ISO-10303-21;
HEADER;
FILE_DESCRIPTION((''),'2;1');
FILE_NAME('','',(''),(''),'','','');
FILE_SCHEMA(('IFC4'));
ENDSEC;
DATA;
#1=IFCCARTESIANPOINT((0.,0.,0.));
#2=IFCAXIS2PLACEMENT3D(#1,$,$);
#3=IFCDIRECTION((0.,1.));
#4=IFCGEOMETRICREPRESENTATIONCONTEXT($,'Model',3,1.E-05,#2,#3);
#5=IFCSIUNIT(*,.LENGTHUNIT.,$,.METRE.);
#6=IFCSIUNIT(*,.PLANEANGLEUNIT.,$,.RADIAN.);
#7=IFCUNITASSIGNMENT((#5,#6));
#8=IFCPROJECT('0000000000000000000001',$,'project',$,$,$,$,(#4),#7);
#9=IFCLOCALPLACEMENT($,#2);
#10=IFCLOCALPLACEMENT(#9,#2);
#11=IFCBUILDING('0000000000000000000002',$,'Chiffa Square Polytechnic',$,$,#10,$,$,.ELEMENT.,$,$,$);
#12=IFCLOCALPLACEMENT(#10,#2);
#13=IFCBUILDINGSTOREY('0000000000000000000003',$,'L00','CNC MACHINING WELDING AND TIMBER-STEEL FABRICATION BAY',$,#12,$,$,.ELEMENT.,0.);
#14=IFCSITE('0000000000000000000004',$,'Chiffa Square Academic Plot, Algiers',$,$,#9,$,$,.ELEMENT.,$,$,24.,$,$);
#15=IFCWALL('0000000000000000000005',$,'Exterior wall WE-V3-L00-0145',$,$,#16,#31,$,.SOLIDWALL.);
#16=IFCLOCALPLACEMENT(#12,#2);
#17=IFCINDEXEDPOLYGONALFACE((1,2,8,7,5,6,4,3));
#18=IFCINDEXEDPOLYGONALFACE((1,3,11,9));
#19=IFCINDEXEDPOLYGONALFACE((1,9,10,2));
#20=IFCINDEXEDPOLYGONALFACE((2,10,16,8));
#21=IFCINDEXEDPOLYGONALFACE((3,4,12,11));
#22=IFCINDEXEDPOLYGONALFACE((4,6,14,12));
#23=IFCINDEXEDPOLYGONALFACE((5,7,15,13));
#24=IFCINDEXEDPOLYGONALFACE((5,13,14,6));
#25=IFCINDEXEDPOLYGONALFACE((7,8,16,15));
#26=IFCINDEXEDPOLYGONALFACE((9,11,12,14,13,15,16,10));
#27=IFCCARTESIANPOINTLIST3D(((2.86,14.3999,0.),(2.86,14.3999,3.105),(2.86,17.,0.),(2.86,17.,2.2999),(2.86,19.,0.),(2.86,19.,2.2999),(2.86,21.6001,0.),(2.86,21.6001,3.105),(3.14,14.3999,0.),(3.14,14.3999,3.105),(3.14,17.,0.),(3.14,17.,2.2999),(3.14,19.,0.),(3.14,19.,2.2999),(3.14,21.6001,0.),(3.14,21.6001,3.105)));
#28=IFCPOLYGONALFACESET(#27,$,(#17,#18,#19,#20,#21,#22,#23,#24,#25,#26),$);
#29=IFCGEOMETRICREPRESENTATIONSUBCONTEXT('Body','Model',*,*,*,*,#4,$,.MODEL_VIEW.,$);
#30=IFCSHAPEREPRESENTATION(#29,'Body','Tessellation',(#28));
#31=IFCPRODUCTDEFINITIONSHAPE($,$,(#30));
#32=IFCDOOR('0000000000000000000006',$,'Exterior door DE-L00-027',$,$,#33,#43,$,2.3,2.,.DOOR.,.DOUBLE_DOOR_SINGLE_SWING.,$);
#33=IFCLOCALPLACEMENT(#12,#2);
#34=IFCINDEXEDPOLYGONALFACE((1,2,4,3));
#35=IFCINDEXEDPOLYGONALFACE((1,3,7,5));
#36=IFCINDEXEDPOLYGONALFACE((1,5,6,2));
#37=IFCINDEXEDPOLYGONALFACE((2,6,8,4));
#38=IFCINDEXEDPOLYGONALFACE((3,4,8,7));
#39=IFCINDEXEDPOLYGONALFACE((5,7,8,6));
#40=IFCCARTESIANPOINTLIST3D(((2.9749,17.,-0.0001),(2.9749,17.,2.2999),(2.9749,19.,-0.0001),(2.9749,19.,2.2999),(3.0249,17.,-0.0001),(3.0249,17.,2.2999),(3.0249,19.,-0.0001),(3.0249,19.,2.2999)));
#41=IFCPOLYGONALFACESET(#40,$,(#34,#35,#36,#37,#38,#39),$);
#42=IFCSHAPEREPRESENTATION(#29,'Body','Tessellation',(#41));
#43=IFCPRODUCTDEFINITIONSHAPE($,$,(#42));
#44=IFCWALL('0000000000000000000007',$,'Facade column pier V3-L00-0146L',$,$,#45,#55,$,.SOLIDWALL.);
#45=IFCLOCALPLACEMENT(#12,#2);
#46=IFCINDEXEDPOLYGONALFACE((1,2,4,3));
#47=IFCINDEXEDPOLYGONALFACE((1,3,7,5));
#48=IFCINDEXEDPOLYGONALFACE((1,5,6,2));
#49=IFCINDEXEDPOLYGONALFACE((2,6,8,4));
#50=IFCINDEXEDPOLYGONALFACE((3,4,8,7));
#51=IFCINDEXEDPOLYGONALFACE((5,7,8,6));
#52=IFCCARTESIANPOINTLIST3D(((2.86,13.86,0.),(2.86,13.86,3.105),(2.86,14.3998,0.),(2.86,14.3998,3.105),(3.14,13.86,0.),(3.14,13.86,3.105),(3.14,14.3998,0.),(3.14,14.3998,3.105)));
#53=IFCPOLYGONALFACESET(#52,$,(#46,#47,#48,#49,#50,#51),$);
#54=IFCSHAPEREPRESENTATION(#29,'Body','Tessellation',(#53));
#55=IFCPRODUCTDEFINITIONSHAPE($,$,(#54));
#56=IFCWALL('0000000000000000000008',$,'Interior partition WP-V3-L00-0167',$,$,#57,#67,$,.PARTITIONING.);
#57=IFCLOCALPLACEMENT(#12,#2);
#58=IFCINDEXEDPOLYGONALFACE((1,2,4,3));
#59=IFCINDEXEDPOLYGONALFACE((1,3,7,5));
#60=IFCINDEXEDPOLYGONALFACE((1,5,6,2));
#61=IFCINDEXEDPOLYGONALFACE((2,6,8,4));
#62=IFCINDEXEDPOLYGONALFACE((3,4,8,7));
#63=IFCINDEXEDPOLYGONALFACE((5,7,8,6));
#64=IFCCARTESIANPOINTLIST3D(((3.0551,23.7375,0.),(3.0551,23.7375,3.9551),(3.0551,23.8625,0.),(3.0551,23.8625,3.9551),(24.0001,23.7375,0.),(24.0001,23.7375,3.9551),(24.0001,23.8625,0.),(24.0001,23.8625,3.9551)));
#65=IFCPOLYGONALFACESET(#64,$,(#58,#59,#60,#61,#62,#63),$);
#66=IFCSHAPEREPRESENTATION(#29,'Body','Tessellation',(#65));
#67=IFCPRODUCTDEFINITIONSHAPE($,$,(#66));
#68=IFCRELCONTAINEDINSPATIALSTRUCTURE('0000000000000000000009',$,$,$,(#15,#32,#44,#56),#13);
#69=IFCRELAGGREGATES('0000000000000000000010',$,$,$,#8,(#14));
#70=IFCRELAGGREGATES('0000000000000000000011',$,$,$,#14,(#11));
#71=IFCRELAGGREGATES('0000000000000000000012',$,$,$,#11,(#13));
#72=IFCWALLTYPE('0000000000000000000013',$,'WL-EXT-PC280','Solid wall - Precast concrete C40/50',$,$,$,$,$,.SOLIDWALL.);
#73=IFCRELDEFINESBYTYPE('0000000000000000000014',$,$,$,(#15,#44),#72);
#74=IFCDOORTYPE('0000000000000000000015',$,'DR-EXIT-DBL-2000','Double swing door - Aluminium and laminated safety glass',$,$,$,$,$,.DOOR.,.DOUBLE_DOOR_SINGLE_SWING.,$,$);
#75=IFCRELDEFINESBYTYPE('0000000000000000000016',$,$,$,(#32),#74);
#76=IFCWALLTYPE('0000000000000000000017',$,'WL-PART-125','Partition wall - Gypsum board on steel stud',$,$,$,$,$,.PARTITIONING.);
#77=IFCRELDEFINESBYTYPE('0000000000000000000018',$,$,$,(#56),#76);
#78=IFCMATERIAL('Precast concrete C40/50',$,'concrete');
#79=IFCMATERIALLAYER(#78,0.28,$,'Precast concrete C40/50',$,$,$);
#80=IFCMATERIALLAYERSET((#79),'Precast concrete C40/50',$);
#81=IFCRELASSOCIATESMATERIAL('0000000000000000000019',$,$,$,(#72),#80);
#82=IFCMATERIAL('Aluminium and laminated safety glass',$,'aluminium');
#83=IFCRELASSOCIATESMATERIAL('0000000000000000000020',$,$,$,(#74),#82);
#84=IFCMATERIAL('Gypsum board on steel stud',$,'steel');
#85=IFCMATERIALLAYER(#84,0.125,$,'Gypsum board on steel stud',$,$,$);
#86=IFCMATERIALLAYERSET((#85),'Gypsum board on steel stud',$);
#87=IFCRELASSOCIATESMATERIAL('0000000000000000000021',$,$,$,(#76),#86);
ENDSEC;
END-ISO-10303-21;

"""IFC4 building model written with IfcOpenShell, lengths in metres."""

from ifc_helpers import new_model, si_unit, direction, frame, frame_2d, origin, place, context, subcontext, project, spatial, rectangle, extrude, material, layer, layer_set, type_object, element, fill, save


model = new_model("IFC4")

# Units and contexts
model_context = context("Model", 3, precision=1e-05, world=origin(), true_north=direction((0.0, 1.0)))
body_context = subcontext(model_context, "Body", "Model", "MODEL_VIEW")
ifc_project = project(units=[si_unit("LENGTHUNIT", "METRE"), si_unit("PLANEANGLEUNIT", "RADIAN")], contexts=[model_context])

# Site, building, storey
site_placement = place(None, origin())
site = spatial("IfcSite", under=ifc_project, at=site_placement, Name="Chiffa Square Academic Plot, Algiers", CompositionType="ELEMENT", RefElevation=24.0)
building_placement = place(site_placement, origin())
building = spatial("IfcBuilding", under=site, at=building_placement, Name="Chiffa Square Polytechnic", CompositionType="ELEMENT")
storey_placement = place(building_placement, origin())
storey = spatial("IfcBuildingStorey", under=building, at=storey_placement, Name="L00", Description="CNC MACHINING WELDING AND TIMBER-STEEL FABRICATION BAY", CompositionType="ELEMENT", Elevation=0.0)

# Shared definitions
ifc_material_1 = material(Name="Precast concrete C40/50", Category="concrete")
ifc_layer_1 = layer(ifc_material_1, 0.28, Name="Precast concrete C40/50")
ifc_layer_set_1 = layer_set([ifc_layer_1], Name="Precast concrete C40/50")
wall_type_1 = type_object("IfcWallType", Name="WL-EXT-PC280", Description="Solid wall - Precast concrete C40/50", PredefinedType="SOLIDWALL", material=ifc_layer_set_1)
ifc_material_2 = material(Name="Aluminium and laminated safety glass", Category="aluminium")

# Wall, opening, door
wall_1_placement = place(storey_placement, frame((3.0, 21.6001, 0.0), z_axis=(0.0, 0.0, 1.0), x_axis=(0.0, -1.0, 0.0)))
wall_1 = element("IfcWall", 1, at=wall_1_placement, inside=storey, type_object=wall_type_1, Name="Exterior wall WE-V3-L00-0145", PredefinedType="SOLIDWALL", context=body_context, shape_type="SweptSolid", body=[
    extrude(rectangle(XDim=7.2002, YDim=0.28, at=frame_2d((3.6001, 0.0))), origin(), (0.0, 0.0, 1.0), 3.105),
])
opening_1_placement = place(wall_1_placement, frame((2.6001, 0.0, 0.0)))
opening_1 = element("IfcOpeningElement", 2, at=opening_1_placement, cuts=wall_1, PredefinedType="OPENING", context=body_context, shape_type="SweptSolid", body=[
    extrude(rectangle(XDim=2.0, YDim=2.3, at=frame_2d((1.0, 1.1499))), frame((0.0, 0.1499, 0.0), z_axis=(0.0, -1.0, 0.0), x_axis=(1.0, 0.0, 0.0)), (0.0, 0.0, 1.0), 0.3),
])
door_type_1 = type_object("IfcDoorType", Name="DR-EXIT-DBL-2000", Description="Double swing door - Aluminium and laminated safety glass", OperationType="DOUBLE_DOOR_SINGLE_SWING", PredefinedType="DOOR", material=ifc_material_2)
door_1_placement = place(opening_1_placement, origin())
door_1 = element("IfcDoor", 3, at=door_1_placement, inside=storey, type_object=door_type_1, Name="Exterior door DE-L00-027", OperationType="DOUBLE_DOOR_SINGLE_SWING", OverallHeight=2.3, OverallWidth=2.0, PredefinedType="DOOR", context=body_context, shape_type="SweptSolid", body=[
    extrude(rectangle(XDim=2.0, YDim=2.3, at=frame_2d((1.0, 1.1499))), frame((0.0, 0.0249, 0.0), z_axis=(0.0, -1.0, 0.0), x_axis=(1.0, 0.0, 0.0)), (0.0, 0.0, 1.0), 0.05),
])
fill(opening_1, door_1)

# Walls
wall_2_placement = place(storey_placement, frame((3.0, 14.3999, 0.0), z_axis=(0.0, 0.0, 1.0), x_axis=(0.0, -1.0, 0.0)))
element("IfcWall", 4, at=wall_2_placement, inside=storey, type_object=wall_type_1, Name="Facade column pier V3-L00-0146L", PredefinedType="SOLIDWALL", context=body_context, shape_type="SweptSolid", body=[
    extrude(rectangle(XDim=0.5398, YDim=0.28, at=frame_2d((0.27, 0.0))), origin(), (0.0, 0.0, 1.0), 3.105),
])
ifc_material_3 = material(Name="Gypsum board on steel stud", Category="steel")
ifc_layer_2 = layer(ifc_material_3, 0.125, Name="Gypsum board on steel stud")
ifc_layer_set_2 = layer_set([ifc_layer_2], Name="Gypsum board on steel stud")
wall_type_2 = type_object("IfcWallType", Name="WL-PART-125", Description="Partition wall - Gypsum board on steel stud", PredefinedType="PARTITIONING", material=ifc_layer_set_2)
wall_3_placement = place(storey_placement, frame((3.0549, 23.8, 0.0), z_axis=(0.0, 0.0, 1.0), x_axis=(1.0, 0.0, 0.0)))
element("IfcWall", 5, at=wall_3_placement, inside=storey, type_object=wall_type_2, Name="Interior partition WP-V3-L00-0167", PredefinedType="PARTITIONING", context=body_context, shape_type="SweptSolid", body=[
    extrude(rectangle(XDim=20.9451, YDim=0.125, at=frame_2d((10.4727, 0.0))), origin(), (0.0, 0.0, 1.0), 3.9551),
])

save(model, "model.ifc")
